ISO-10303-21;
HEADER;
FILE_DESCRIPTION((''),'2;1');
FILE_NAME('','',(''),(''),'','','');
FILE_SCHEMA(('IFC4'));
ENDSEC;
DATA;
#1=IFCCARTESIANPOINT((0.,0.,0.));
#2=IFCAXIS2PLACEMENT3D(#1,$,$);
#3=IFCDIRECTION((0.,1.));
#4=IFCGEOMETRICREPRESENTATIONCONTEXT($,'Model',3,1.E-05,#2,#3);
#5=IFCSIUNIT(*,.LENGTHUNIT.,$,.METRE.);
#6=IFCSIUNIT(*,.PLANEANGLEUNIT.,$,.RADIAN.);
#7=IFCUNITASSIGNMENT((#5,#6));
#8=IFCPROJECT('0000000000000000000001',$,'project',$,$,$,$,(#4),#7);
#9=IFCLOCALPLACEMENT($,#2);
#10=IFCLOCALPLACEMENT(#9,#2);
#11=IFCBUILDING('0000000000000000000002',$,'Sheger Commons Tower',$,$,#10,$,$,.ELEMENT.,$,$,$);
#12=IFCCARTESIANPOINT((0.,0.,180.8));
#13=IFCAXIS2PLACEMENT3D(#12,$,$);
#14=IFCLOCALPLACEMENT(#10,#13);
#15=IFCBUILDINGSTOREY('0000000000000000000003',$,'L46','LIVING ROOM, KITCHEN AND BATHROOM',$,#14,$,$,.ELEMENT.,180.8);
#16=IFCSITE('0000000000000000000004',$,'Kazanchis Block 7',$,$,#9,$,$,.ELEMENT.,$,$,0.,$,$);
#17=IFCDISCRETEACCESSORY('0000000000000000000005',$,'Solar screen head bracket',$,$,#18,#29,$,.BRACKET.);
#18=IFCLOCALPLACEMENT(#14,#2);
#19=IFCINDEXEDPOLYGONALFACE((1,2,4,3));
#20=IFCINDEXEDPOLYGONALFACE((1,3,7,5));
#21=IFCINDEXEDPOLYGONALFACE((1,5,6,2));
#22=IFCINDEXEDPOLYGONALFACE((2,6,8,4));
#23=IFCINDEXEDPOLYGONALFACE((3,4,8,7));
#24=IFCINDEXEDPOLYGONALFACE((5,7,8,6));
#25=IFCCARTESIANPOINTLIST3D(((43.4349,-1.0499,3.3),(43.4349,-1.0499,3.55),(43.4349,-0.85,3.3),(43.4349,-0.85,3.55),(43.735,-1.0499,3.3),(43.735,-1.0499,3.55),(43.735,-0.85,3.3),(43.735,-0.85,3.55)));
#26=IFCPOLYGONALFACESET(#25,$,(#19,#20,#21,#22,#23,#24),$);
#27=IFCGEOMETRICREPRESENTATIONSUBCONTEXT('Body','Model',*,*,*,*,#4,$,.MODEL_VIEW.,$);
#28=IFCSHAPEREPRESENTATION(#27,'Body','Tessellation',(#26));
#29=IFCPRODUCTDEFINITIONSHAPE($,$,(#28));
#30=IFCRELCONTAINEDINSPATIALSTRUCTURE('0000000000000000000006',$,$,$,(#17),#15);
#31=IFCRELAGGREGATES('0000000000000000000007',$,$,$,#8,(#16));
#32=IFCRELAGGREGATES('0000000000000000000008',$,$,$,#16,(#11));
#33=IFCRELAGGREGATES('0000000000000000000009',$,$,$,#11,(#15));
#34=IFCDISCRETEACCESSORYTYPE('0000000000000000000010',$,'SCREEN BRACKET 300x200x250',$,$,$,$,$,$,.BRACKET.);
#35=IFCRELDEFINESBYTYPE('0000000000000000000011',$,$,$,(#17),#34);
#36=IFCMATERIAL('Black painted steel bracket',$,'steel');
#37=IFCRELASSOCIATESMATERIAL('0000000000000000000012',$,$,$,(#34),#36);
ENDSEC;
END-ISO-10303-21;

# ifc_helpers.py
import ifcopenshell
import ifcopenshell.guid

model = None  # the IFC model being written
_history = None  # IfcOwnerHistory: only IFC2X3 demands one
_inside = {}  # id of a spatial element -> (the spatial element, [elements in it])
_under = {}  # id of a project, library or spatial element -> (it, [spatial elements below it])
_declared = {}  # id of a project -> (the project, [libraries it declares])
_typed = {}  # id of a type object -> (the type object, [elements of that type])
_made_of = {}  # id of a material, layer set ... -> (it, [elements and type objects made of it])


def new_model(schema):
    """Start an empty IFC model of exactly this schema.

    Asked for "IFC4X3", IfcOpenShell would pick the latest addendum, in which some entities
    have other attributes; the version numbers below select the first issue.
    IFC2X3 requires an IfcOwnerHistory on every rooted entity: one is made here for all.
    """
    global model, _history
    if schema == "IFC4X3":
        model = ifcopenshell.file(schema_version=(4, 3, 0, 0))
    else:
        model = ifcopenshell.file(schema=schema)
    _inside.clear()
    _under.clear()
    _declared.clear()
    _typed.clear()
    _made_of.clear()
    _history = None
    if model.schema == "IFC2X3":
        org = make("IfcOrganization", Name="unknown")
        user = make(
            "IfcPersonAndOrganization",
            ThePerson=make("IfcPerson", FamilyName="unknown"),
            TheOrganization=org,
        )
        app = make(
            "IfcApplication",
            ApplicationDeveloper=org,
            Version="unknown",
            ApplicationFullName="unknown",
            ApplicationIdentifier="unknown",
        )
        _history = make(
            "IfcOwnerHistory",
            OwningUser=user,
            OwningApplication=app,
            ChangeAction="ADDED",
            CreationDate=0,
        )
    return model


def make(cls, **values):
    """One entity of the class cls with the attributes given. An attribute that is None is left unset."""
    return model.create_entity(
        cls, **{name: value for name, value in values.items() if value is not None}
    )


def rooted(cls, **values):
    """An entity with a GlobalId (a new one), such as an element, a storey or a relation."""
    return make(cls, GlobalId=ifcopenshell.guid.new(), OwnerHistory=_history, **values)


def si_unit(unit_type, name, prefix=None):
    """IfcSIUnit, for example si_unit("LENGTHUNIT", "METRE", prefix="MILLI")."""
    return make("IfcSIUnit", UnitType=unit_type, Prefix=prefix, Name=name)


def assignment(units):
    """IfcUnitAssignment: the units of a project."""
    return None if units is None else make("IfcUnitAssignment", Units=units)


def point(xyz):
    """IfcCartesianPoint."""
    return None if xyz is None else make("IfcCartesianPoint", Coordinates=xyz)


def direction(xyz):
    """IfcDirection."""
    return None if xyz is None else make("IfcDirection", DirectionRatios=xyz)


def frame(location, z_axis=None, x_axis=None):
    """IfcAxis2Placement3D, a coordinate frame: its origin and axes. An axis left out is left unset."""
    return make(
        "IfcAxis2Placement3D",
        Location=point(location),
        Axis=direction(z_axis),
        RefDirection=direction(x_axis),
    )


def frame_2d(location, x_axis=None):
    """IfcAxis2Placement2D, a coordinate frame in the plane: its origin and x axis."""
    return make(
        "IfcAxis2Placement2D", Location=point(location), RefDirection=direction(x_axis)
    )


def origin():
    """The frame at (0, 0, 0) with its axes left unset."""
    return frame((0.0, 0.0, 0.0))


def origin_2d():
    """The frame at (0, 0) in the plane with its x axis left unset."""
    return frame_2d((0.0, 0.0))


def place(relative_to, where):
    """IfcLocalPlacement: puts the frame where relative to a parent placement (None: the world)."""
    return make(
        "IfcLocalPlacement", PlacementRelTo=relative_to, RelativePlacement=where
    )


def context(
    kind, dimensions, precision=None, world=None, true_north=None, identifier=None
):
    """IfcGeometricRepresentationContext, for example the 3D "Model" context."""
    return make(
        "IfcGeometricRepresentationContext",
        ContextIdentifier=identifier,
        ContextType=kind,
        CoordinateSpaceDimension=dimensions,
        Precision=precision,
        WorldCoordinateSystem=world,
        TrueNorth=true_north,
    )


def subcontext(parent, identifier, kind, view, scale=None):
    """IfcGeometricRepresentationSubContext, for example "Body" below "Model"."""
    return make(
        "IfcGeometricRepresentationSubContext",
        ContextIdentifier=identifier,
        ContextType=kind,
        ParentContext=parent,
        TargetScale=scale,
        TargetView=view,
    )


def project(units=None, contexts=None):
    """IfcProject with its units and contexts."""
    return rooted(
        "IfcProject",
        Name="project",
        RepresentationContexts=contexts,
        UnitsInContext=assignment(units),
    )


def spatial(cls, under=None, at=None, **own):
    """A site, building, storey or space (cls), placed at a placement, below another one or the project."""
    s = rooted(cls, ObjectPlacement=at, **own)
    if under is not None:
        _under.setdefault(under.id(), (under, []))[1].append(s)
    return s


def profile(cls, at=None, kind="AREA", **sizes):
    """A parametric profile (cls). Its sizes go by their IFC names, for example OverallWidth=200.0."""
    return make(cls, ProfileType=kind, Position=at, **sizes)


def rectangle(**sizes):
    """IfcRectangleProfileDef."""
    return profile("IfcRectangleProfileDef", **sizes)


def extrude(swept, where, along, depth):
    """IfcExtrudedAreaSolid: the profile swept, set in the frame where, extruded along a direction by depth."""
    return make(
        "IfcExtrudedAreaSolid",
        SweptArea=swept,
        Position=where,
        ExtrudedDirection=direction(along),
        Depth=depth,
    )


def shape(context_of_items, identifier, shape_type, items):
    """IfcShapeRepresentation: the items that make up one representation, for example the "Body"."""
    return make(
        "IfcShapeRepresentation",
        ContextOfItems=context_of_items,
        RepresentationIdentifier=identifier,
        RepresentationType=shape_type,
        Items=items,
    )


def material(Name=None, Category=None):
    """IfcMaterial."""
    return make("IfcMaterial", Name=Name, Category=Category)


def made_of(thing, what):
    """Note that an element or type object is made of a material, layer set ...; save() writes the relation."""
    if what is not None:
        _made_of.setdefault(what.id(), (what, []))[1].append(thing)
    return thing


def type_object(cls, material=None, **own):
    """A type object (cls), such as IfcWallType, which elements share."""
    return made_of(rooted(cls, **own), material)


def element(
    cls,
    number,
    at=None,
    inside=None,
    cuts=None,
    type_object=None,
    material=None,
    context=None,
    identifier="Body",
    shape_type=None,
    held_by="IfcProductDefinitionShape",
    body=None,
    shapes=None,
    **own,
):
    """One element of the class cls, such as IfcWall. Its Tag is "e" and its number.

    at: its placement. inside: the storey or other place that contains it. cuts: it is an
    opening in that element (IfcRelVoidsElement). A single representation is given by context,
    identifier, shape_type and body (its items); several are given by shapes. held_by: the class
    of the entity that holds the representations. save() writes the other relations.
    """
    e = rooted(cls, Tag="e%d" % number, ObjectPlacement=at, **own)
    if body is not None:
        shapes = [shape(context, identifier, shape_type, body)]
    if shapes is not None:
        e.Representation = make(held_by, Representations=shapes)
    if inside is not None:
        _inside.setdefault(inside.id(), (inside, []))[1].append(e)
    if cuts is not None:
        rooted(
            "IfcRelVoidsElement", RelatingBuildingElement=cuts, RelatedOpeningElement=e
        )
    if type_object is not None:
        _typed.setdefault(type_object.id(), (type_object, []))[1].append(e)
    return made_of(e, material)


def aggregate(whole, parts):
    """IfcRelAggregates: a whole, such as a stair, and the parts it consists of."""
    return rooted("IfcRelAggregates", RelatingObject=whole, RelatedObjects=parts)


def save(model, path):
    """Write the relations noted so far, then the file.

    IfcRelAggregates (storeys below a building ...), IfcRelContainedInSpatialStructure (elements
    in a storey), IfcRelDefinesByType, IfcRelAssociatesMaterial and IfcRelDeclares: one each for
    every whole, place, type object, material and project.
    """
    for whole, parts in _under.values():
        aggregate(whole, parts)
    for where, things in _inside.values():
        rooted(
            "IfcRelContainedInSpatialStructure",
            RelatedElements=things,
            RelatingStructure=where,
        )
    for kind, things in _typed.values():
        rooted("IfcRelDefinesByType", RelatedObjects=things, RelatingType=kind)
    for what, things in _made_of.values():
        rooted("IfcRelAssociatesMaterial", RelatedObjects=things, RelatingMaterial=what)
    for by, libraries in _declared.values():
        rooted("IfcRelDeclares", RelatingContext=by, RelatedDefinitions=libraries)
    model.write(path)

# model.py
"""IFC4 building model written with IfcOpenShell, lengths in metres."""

from ifc_helpers import new_model, si_unit, direction, frame, origin, origin_2d, place, context, subcontext, project, spatial, rectangle, extrude, material, type_object, element, save


model = new_model("IFC4")

# Units and contexts
model_context = context("Model", 3, precision=1e-05, world=origin(), true_north=direction((0.0, 1.0)))
body_context = subcontext(model_context, "Body", "Model", "MODEL_VIEW")
ifc_project = project(units=[si_unit("LENGTHUNIT", "METRE"), si_unit("PLANEANGLEUNIT", "RADIAN")], contexts=[model_context])

# Site, building, storey
site_placement = place(None, origin())
site = spatial("IfcSite", under=ifc_project, at=site_placement, Name="Kazanchis Block 7", CompositionType="ELEMENT", RefElevation=0.0)
building_placement = place(site_placement, origin())
building = spatial("IfcBuilding", under=site, at=building_placement, Name="Sheger Commons Tower", CompositionType="ELEMENT")
storey_placement = place(building_placement, frame((0.0, 0.0, 180.8)))
storey = spatial("IfcBuildingStorey", under=building, at=storey_placement, Name="L46", Description="LIVING ROOM, KITCHEN AND BATHROOM", CompositionType="ELEMENT", Elevation=180.8)

# Discrete accessory
ifc_material_1 = material(Name="Black painted steel bracket", Category="steel")
discrete_accessory_type = type_object("IfcDiscreteAccessoryType", Name="SCREEN BRACKET 300x200x250", PredefinedType="BRACKET", material=ifc_material_1)
for number, where, z_axis, x_axis, name in (
    (1, (43.585, -0.95, 3.3), (0.0, 0.0, 1.0), (1.0, 0.0, 0.0), "Solar screen head bracket"),
):
    element("IfcDiscreteAccessory", number, at=place(storey_placement, frame(where, z_axis=z_axis, x_axis=x_axis)), inside=storey, type_object=discrete_accessory_type, Name=name, PredefinedType="BRACKET", context=body_context, shape_type="SweptSolid", body=[
        extrude(rectangle(XDim=0.3, YDim=0.2, at=origin_2d()), origin(), (0.0, 0.0, 1.0), 0.25),
    ])

save(model, "model.ifc")
